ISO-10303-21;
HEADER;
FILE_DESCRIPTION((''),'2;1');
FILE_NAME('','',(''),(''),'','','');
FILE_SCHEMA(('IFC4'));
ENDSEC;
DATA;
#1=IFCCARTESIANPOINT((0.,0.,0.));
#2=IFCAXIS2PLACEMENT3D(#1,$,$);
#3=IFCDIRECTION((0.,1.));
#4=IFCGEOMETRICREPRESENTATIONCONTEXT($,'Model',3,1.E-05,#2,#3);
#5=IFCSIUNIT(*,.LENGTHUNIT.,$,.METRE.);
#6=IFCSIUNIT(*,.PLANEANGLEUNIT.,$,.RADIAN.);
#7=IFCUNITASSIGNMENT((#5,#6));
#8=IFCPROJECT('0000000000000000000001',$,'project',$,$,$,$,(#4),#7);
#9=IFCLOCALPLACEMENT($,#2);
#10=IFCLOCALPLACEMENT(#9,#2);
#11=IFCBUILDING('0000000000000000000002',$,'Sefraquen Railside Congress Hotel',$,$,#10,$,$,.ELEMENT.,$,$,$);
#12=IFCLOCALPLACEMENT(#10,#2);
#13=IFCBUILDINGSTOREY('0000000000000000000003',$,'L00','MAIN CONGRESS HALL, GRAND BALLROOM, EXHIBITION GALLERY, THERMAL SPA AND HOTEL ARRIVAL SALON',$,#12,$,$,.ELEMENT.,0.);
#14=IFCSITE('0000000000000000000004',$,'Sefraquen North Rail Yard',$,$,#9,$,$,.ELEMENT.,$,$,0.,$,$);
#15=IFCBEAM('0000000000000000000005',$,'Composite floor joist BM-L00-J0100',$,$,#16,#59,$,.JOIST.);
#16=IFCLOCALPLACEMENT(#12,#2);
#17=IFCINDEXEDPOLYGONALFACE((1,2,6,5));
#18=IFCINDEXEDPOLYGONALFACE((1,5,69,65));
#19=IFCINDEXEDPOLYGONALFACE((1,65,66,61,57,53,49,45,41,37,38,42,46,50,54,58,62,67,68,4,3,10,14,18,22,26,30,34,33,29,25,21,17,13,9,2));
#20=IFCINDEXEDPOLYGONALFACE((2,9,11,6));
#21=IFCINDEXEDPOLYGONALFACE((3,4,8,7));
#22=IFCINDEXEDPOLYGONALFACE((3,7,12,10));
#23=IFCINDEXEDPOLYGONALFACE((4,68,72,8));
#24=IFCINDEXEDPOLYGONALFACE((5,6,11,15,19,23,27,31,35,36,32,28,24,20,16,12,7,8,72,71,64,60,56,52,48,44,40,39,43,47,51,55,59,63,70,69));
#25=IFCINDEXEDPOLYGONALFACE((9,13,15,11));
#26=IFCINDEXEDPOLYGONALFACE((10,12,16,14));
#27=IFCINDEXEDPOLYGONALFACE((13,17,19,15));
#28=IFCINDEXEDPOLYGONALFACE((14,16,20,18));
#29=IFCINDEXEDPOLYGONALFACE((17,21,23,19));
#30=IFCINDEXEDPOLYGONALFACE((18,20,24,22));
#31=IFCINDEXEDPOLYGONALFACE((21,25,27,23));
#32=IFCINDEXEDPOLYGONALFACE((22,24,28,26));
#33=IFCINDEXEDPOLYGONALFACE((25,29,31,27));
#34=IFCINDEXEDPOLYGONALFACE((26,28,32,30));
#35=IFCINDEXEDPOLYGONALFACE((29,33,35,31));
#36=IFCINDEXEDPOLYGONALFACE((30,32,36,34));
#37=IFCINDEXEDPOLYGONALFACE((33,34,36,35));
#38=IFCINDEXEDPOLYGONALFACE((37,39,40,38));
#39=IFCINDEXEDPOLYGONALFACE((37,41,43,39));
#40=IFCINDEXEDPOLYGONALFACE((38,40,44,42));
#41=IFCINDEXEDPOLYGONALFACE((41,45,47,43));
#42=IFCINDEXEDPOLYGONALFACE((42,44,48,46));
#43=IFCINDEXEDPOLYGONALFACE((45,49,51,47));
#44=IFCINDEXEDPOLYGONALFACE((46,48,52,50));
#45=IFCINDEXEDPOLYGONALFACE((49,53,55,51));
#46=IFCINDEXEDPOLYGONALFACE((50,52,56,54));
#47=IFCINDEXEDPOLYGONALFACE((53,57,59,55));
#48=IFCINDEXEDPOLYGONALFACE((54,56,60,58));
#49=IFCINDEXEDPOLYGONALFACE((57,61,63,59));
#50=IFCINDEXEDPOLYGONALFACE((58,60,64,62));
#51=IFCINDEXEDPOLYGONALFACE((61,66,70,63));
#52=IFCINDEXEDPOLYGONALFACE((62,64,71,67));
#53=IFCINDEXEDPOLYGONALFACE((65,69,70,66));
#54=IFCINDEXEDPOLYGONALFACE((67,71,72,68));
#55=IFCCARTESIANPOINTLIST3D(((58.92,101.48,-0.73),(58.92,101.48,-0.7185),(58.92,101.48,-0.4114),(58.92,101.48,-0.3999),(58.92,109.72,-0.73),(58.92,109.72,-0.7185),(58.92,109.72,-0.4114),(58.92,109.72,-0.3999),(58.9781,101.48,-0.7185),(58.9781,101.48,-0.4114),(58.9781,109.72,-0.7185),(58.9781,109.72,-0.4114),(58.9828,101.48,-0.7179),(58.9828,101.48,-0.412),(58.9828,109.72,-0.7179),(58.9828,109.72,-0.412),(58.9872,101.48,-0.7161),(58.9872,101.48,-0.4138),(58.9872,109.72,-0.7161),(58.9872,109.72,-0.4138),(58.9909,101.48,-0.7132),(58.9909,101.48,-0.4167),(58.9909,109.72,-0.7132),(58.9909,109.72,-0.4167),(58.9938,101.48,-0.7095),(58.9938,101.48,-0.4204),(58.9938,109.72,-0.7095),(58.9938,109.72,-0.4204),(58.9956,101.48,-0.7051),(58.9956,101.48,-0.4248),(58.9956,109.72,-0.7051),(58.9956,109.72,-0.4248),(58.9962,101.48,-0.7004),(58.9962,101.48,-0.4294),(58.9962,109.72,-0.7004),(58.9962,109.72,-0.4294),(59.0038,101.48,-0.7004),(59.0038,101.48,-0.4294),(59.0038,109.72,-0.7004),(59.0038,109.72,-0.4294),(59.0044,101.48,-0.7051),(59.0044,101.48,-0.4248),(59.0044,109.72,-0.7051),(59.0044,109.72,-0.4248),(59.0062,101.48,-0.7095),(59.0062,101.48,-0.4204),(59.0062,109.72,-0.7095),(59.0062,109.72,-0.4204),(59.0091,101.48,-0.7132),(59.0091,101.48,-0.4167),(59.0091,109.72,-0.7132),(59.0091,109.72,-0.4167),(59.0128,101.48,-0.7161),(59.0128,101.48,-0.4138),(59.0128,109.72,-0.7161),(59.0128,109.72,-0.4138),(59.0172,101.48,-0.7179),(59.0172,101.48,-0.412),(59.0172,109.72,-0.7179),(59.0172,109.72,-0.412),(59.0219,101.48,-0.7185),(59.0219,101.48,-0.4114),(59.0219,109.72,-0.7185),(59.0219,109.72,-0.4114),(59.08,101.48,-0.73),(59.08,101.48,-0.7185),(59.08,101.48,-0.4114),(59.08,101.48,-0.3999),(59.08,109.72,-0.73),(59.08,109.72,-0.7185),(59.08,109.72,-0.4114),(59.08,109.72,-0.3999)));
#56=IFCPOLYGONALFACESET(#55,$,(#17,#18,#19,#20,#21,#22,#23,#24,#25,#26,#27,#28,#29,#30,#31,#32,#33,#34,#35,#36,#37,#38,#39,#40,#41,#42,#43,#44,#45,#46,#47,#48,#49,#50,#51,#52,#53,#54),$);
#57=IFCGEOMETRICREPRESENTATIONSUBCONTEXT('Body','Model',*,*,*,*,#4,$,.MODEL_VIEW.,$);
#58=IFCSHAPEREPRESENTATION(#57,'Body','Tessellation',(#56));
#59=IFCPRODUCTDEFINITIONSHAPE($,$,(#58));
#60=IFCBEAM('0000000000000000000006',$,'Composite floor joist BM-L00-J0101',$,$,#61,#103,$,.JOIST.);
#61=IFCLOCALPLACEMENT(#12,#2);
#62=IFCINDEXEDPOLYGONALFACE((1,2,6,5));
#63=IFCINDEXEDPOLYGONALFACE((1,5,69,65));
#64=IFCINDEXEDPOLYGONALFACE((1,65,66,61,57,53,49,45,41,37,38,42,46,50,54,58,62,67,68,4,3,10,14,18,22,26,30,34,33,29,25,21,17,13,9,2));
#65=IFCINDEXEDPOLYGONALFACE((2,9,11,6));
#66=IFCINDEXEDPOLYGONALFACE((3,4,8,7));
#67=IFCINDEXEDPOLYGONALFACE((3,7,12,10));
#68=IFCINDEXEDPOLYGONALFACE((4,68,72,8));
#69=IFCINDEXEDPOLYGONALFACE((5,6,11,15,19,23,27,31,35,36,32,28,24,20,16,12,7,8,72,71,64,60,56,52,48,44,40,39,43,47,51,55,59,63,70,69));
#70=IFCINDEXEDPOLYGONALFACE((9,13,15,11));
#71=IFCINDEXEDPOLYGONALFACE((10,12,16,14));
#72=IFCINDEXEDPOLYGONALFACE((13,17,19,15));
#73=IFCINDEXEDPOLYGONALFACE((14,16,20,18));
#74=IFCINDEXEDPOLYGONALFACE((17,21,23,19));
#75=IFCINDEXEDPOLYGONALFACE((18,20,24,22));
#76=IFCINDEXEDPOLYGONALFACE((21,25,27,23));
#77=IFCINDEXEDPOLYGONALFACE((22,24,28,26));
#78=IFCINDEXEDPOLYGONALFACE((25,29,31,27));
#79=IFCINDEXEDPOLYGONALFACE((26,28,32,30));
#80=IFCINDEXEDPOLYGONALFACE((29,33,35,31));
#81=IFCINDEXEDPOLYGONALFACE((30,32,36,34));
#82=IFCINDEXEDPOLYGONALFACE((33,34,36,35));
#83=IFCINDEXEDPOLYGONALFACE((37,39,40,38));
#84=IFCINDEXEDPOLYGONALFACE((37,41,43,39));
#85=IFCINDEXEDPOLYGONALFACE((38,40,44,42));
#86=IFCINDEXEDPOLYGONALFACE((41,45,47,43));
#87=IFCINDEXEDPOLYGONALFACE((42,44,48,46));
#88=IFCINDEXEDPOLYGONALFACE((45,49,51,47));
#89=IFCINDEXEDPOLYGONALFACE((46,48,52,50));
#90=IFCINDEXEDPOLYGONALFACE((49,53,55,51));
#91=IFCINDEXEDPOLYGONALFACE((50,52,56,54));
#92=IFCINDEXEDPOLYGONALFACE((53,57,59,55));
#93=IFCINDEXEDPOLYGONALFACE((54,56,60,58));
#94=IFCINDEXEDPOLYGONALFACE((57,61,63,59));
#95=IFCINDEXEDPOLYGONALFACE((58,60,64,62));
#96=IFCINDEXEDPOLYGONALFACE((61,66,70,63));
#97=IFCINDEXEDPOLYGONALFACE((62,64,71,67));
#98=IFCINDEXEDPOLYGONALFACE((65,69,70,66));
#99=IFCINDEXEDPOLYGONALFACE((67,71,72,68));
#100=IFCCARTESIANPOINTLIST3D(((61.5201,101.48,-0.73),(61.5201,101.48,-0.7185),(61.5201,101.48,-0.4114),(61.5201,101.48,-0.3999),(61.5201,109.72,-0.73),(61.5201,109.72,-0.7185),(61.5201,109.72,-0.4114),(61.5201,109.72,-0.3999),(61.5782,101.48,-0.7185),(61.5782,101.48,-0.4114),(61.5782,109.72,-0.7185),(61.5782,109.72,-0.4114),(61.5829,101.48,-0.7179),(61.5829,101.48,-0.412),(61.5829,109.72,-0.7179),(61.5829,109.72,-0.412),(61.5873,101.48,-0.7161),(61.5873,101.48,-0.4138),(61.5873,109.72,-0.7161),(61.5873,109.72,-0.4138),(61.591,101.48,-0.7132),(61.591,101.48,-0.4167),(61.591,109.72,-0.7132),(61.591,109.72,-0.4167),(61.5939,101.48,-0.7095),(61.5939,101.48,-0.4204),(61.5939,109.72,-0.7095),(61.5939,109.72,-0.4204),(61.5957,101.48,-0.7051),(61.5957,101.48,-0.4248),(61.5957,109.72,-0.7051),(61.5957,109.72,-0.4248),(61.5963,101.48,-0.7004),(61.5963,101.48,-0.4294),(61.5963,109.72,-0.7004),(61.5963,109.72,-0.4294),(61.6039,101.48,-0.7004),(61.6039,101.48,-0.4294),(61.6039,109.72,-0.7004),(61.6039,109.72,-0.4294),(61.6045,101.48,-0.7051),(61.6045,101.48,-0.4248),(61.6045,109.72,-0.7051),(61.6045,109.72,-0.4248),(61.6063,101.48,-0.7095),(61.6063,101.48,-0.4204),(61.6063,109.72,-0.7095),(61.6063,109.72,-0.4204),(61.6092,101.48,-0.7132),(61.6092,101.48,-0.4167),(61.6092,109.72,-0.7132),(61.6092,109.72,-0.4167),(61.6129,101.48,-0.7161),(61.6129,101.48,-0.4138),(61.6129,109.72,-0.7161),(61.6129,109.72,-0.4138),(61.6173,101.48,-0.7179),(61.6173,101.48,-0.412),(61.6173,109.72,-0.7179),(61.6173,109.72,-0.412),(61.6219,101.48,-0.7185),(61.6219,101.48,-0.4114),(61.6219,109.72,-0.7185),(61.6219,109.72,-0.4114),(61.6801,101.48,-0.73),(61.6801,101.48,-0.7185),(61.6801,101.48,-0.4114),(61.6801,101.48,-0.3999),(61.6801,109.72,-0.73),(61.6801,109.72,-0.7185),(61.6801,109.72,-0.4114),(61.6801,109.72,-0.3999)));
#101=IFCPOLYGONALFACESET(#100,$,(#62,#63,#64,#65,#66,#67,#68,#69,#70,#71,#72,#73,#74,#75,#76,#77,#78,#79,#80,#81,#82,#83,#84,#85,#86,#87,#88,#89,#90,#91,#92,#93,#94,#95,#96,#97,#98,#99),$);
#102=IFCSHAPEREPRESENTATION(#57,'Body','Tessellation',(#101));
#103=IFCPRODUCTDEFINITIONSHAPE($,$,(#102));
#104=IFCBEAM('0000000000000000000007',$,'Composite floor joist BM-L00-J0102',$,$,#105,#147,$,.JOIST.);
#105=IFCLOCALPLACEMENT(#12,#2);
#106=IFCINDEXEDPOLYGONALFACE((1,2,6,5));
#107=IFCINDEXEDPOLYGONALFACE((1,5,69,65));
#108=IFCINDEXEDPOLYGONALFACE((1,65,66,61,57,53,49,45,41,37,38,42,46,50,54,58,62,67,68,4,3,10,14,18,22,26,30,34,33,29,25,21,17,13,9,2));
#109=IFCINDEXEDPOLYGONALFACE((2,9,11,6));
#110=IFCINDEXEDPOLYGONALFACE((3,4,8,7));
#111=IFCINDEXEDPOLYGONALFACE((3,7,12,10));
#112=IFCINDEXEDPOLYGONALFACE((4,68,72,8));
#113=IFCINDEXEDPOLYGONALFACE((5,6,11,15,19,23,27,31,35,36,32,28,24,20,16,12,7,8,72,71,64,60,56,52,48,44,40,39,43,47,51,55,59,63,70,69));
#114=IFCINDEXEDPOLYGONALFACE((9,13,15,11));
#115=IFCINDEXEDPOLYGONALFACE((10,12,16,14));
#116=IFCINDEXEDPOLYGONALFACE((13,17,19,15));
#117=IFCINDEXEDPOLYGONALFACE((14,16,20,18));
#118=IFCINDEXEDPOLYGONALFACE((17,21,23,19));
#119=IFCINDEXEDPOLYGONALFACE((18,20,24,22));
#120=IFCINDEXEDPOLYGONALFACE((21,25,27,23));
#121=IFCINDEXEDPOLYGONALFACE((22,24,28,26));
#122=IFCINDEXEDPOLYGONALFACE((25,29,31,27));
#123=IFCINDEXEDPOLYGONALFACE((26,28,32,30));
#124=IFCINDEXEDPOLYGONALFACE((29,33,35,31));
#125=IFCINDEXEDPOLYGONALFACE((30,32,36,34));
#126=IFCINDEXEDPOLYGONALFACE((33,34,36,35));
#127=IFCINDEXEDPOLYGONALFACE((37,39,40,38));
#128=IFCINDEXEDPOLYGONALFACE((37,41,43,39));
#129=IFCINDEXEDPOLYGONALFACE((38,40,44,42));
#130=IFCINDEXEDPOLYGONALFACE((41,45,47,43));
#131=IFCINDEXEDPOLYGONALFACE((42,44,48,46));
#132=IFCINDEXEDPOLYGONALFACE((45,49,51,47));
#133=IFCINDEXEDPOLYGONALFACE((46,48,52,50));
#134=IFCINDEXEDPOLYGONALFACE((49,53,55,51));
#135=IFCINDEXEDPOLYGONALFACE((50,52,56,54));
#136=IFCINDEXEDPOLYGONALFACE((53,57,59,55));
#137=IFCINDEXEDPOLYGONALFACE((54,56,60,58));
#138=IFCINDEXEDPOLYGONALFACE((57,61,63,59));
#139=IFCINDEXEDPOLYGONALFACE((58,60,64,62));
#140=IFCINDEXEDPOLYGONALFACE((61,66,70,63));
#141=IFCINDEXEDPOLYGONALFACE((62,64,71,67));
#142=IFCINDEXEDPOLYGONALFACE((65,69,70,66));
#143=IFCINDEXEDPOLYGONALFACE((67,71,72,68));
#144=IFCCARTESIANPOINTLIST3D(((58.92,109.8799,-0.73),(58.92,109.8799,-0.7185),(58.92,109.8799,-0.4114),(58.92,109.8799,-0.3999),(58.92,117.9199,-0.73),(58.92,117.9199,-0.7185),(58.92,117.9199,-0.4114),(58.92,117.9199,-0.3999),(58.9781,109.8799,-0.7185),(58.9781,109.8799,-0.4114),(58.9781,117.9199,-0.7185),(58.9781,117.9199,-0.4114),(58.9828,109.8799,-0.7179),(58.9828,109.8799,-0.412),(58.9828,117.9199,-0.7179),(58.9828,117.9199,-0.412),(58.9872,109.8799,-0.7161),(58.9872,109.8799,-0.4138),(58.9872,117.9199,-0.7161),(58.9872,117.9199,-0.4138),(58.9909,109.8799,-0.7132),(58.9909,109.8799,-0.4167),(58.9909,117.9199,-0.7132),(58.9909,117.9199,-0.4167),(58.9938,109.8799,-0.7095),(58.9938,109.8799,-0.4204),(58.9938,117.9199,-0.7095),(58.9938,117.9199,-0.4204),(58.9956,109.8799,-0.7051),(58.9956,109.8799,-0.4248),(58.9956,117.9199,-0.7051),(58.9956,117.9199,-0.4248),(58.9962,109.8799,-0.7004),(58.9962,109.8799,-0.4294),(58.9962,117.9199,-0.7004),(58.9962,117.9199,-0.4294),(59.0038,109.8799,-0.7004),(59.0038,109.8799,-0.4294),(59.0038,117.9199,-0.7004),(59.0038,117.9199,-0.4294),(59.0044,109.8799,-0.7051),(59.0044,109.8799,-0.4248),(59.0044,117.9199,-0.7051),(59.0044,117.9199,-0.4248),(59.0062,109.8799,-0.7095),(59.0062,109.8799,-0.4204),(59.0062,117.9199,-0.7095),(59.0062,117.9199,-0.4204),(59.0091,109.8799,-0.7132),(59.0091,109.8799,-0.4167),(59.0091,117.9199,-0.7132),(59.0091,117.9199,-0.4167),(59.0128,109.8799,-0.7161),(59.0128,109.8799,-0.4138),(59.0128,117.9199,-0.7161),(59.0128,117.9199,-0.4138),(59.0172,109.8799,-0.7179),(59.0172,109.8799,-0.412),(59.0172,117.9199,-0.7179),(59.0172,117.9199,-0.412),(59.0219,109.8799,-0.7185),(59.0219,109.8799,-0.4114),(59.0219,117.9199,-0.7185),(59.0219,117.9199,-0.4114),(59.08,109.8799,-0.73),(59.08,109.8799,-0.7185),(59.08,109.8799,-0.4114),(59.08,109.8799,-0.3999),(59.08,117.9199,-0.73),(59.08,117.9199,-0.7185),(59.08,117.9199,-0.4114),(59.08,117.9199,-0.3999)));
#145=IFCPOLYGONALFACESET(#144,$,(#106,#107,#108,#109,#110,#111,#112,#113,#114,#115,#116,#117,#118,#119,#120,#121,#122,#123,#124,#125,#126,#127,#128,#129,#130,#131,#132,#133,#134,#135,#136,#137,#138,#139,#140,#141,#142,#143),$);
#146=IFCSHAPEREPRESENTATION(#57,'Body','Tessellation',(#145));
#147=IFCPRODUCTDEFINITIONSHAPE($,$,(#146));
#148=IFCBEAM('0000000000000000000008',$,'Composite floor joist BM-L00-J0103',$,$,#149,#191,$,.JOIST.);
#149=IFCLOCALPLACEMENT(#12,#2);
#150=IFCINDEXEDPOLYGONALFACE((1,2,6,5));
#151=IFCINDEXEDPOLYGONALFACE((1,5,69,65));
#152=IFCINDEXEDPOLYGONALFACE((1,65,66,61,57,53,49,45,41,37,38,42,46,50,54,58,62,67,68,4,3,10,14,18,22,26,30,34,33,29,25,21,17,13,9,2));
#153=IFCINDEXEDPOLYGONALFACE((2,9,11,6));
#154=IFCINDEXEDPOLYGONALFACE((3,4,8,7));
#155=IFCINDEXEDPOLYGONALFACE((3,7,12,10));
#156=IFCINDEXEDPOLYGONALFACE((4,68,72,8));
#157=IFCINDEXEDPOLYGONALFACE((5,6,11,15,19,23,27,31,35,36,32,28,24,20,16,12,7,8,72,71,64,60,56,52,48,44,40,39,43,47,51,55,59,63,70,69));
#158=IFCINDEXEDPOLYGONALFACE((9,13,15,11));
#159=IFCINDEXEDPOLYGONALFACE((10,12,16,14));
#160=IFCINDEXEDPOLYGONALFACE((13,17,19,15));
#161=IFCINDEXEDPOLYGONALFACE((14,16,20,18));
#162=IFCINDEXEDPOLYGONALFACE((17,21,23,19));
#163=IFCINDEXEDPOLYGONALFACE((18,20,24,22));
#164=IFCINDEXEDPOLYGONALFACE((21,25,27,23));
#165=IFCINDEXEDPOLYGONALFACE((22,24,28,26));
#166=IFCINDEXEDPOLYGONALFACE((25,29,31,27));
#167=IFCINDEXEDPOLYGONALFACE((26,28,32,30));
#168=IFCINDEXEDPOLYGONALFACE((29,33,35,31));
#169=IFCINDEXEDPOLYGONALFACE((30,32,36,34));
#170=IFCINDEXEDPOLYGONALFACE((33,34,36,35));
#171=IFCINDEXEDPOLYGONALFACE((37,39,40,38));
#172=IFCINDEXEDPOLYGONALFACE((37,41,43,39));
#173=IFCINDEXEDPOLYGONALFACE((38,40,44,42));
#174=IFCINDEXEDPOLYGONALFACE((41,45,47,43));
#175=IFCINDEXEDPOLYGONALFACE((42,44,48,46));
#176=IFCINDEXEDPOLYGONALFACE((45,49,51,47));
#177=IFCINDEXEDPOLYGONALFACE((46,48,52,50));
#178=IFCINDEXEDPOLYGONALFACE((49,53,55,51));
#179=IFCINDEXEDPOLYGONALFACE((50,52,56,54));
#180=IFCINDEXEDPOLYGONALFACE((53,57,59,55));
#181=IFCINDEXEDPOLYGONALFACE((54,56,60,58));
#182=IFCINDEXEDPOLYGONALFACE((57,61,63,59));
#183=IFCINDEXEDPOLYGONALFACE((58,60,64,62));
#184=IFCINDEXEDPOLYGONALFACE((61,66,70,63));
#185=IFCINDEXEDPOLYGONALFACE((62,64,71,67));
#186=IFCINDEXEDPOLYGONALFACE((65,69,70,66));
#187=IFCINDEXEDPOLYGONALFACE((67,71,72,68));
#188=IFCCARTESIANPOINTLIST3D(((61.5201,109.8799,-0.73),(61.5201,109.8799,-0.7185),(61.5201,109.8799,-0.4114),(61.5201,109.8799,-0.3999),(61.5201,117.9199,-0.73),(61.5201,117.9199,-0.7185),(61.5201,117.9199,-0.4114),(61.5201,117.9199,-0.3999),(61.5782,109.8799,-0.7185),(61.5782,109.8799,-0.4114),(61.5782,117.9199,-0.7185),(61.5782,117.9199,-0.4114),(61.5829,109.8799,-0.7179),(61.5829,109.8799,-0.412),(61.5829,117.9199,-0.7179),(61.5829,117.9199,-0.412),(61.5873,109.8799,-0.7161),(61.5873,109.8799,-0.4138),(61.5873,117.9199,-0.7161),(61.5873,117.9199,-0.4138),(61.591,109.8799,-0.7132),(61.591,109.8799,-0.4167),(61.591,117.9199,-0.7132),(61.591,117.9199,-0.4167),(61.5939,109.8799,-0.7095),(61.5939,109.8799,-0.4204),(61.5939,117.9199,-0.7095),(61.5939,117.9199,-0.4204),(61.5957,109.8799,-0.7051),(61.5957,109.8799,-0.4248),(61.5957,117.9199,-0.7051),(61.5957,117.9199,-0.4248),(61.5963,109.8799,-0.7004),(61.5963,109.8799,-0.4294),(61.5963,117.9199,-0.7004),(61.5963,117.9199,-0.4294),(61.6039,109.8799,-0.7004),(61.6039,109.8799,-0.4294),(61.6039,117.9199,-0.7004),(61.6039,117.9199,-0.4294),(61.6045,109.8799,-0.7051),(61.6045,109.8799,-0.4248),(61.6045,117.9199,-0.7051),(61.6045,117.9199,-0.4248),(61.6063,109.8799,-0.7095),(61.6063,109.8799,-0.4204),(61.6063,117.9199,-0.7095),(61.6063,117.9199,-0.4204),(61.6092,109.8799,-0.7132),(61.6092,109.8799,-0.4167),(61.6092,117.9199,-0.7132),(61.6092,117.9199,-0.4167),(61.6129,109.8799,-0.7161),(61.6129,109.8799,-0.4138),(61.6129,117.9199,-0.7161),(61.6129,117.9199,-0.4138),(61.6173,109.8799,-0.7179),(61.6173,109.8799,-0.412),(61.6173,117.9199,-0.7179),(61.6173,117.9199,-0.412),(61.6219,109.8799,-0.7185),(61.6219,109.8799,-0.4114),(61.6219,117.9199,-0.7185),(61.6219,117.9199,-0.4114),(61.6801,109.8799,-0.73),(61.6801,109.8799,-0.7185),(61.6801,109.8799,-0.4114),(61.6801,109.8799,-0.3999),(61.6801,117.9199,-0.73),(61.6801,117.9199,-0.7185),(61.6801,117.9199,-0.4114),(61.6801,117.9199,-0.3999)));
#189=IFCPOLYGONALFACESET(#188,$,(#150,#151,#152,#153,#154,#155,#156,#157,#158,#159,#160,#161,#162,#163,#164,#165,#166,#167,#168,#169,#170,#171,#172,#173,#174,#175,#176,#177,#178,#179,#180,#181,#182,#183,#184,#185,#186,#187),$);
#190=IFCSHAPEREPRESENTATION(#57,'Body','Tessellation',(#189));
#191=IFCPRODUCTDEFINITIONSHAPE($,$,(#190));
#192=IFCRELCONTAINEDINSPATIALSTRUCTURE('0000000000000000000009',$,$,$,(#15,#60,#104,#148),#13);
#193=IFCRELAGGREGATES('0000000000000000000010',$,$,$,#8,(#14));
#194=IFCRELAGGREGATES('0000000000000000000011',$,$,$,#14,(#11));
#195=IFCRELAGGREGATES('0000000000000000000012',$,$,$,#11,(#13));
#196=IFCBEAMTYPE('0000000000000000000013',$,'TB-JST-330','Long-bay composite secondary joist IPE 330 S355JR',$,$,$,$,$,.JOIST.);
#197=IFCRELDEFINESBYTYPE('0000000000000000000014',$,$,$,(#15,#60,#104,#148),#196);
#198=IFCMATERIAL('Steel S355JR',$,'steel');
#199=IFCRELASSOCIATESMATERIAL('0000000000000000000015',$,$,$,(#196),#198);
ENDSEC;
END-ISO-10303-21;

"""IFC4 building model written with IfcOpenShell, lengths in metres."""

from ifc_helpers import new_model, si_unit, direction, frame, origin, origin_2d, place, context, subcontext, project, spatial, i_section, extrude, material, material_profile, profile_set, type_object, element, save


model = new_model("IFC4")

# Units and contexts
model_context = context("Model", 3, precision=1e-05, world=origin(), true_north=direction((0.0, 1.0)))
body_context = subcontext(model_context, "Body", "Model", "MODEL_VIEW")
ifc_project = project(units=[si_unit("LENGTHUNIT", "METRE"), si_unit("PLANEANGLEUNIT", "RADIAN")], contexts=[model_context])

# Site, building, storey
site_placement = place(None, origin())
site = spatial("IfcSite", under=ifc_project, at=site_placement, Name="Sefraquen North Rail Yard", CompositionType="ELEMENT", RefElevation=0.0)
building_placement = place(site_placement, origin())
building = spatial("IfcBuilding", under=site, at=building_placement, Name="Sefraquen Railside Congress Hotel", CompositionType="ELEMENT")
storey_placement = place(building_placement, origin())
storey = spatial("IfcBuildingStorey", under=building, at=storey_placement, Name="L00", Description="MAIN CONGRESS HALL, GRAND BALLROOM, EXHIBITION GALLERY, THERMAL SPA AND HOTEL ARRIVAL SALON", CompositionType="ELEMENT", Elevation=0.0)

# Shared definitions
ifc_material_1 = material(Name="Steel S355JR", Category="steel")

# Beams
ifc_material_profile_1 = material_profile(ifc_material_1, i_section(OverallWidth=0.1599, OverallDepth=0.3301, WebThickness=0.0076, FlangeThickness=0.0115, FilletRadius=0.0181, at=origin_2d()), Name="IPE 330")
ifc_profile_set_1 = profile_set([ifc_material_profile_1], Name="Steel S355JR")
beam_type_1 = type_object("IfcBeamType", Name="TB-JST-330", Description="Long-bay composite secondary joist IPE 330 S355JR", PredefinedType="JOIST", material=ifc_profile_set_1)
for number, where, z_axis, x_axis, name in (
    (1, (59.0, 101.48, -0.5649), (0.0, 1.0, 0.0), (-1.0, 0.0, 0.0), "Composite floor joist BM-L00-J0100"),
    (2, (61.6001, 101.48, -0.5649), (0.0, 1.0, 0.0), (-1.0, 0.0, 0.0), "Composite floor joist BM-L00-J0101"),
):
    element("IfcBeam", number, at=place(storey_placement, frame(where, z_axis=z_axis, x_axis=x_axis)), inside=storey, type_object=beam_type_1, Name=name, PredefinedType="JOIST", context=body_context, shape_type="SweptSolid", body=[
        extrude(i_section(OverallWidth=0.1599, OverallDepth=0.3301, WebThickness=0.0076, FlangeThickness=0.0115, FilletRadius=0.0181, at=origin_2d()), origin(), (0.0, 0.0, 1.0), 8.24),
    ])
for number, where, z_axis, x_axis, name in (
    (3, (59.0, 109.8799, -0.5649), (0.0, 1.0, 0.0), (-1.0, 0.0, 0.0), "Composite floor joist BM-L00-J0102"),
    (4, (61.6001, 109.8799, -0.5649), (0.0, 1.0, 0.0), (-1.0, 0.0, 0.0), "Composite floor joist BM-L00-J0103"),
):
    element("IfcBeam", number, at=place(storey_placement, frame(where, z_axis=z_axis, x_axis=x_axis)), inside=storey, type_object=beam_type_1, Name=name, PredefinedType="JOIST", context=body_context, shape_type="SweptSolid", body=[
        extrude(i_section(OverallWidth=0.1599, OverallDepth=0.3301, WebThickness=0.0076, FlangeThickness=0.0115, FilletRadius=0.0181, at=origin_2d()), origin(), (0.0, 0.0, 1.0), 8.04),
    ])

save(model, "model.ifc")
